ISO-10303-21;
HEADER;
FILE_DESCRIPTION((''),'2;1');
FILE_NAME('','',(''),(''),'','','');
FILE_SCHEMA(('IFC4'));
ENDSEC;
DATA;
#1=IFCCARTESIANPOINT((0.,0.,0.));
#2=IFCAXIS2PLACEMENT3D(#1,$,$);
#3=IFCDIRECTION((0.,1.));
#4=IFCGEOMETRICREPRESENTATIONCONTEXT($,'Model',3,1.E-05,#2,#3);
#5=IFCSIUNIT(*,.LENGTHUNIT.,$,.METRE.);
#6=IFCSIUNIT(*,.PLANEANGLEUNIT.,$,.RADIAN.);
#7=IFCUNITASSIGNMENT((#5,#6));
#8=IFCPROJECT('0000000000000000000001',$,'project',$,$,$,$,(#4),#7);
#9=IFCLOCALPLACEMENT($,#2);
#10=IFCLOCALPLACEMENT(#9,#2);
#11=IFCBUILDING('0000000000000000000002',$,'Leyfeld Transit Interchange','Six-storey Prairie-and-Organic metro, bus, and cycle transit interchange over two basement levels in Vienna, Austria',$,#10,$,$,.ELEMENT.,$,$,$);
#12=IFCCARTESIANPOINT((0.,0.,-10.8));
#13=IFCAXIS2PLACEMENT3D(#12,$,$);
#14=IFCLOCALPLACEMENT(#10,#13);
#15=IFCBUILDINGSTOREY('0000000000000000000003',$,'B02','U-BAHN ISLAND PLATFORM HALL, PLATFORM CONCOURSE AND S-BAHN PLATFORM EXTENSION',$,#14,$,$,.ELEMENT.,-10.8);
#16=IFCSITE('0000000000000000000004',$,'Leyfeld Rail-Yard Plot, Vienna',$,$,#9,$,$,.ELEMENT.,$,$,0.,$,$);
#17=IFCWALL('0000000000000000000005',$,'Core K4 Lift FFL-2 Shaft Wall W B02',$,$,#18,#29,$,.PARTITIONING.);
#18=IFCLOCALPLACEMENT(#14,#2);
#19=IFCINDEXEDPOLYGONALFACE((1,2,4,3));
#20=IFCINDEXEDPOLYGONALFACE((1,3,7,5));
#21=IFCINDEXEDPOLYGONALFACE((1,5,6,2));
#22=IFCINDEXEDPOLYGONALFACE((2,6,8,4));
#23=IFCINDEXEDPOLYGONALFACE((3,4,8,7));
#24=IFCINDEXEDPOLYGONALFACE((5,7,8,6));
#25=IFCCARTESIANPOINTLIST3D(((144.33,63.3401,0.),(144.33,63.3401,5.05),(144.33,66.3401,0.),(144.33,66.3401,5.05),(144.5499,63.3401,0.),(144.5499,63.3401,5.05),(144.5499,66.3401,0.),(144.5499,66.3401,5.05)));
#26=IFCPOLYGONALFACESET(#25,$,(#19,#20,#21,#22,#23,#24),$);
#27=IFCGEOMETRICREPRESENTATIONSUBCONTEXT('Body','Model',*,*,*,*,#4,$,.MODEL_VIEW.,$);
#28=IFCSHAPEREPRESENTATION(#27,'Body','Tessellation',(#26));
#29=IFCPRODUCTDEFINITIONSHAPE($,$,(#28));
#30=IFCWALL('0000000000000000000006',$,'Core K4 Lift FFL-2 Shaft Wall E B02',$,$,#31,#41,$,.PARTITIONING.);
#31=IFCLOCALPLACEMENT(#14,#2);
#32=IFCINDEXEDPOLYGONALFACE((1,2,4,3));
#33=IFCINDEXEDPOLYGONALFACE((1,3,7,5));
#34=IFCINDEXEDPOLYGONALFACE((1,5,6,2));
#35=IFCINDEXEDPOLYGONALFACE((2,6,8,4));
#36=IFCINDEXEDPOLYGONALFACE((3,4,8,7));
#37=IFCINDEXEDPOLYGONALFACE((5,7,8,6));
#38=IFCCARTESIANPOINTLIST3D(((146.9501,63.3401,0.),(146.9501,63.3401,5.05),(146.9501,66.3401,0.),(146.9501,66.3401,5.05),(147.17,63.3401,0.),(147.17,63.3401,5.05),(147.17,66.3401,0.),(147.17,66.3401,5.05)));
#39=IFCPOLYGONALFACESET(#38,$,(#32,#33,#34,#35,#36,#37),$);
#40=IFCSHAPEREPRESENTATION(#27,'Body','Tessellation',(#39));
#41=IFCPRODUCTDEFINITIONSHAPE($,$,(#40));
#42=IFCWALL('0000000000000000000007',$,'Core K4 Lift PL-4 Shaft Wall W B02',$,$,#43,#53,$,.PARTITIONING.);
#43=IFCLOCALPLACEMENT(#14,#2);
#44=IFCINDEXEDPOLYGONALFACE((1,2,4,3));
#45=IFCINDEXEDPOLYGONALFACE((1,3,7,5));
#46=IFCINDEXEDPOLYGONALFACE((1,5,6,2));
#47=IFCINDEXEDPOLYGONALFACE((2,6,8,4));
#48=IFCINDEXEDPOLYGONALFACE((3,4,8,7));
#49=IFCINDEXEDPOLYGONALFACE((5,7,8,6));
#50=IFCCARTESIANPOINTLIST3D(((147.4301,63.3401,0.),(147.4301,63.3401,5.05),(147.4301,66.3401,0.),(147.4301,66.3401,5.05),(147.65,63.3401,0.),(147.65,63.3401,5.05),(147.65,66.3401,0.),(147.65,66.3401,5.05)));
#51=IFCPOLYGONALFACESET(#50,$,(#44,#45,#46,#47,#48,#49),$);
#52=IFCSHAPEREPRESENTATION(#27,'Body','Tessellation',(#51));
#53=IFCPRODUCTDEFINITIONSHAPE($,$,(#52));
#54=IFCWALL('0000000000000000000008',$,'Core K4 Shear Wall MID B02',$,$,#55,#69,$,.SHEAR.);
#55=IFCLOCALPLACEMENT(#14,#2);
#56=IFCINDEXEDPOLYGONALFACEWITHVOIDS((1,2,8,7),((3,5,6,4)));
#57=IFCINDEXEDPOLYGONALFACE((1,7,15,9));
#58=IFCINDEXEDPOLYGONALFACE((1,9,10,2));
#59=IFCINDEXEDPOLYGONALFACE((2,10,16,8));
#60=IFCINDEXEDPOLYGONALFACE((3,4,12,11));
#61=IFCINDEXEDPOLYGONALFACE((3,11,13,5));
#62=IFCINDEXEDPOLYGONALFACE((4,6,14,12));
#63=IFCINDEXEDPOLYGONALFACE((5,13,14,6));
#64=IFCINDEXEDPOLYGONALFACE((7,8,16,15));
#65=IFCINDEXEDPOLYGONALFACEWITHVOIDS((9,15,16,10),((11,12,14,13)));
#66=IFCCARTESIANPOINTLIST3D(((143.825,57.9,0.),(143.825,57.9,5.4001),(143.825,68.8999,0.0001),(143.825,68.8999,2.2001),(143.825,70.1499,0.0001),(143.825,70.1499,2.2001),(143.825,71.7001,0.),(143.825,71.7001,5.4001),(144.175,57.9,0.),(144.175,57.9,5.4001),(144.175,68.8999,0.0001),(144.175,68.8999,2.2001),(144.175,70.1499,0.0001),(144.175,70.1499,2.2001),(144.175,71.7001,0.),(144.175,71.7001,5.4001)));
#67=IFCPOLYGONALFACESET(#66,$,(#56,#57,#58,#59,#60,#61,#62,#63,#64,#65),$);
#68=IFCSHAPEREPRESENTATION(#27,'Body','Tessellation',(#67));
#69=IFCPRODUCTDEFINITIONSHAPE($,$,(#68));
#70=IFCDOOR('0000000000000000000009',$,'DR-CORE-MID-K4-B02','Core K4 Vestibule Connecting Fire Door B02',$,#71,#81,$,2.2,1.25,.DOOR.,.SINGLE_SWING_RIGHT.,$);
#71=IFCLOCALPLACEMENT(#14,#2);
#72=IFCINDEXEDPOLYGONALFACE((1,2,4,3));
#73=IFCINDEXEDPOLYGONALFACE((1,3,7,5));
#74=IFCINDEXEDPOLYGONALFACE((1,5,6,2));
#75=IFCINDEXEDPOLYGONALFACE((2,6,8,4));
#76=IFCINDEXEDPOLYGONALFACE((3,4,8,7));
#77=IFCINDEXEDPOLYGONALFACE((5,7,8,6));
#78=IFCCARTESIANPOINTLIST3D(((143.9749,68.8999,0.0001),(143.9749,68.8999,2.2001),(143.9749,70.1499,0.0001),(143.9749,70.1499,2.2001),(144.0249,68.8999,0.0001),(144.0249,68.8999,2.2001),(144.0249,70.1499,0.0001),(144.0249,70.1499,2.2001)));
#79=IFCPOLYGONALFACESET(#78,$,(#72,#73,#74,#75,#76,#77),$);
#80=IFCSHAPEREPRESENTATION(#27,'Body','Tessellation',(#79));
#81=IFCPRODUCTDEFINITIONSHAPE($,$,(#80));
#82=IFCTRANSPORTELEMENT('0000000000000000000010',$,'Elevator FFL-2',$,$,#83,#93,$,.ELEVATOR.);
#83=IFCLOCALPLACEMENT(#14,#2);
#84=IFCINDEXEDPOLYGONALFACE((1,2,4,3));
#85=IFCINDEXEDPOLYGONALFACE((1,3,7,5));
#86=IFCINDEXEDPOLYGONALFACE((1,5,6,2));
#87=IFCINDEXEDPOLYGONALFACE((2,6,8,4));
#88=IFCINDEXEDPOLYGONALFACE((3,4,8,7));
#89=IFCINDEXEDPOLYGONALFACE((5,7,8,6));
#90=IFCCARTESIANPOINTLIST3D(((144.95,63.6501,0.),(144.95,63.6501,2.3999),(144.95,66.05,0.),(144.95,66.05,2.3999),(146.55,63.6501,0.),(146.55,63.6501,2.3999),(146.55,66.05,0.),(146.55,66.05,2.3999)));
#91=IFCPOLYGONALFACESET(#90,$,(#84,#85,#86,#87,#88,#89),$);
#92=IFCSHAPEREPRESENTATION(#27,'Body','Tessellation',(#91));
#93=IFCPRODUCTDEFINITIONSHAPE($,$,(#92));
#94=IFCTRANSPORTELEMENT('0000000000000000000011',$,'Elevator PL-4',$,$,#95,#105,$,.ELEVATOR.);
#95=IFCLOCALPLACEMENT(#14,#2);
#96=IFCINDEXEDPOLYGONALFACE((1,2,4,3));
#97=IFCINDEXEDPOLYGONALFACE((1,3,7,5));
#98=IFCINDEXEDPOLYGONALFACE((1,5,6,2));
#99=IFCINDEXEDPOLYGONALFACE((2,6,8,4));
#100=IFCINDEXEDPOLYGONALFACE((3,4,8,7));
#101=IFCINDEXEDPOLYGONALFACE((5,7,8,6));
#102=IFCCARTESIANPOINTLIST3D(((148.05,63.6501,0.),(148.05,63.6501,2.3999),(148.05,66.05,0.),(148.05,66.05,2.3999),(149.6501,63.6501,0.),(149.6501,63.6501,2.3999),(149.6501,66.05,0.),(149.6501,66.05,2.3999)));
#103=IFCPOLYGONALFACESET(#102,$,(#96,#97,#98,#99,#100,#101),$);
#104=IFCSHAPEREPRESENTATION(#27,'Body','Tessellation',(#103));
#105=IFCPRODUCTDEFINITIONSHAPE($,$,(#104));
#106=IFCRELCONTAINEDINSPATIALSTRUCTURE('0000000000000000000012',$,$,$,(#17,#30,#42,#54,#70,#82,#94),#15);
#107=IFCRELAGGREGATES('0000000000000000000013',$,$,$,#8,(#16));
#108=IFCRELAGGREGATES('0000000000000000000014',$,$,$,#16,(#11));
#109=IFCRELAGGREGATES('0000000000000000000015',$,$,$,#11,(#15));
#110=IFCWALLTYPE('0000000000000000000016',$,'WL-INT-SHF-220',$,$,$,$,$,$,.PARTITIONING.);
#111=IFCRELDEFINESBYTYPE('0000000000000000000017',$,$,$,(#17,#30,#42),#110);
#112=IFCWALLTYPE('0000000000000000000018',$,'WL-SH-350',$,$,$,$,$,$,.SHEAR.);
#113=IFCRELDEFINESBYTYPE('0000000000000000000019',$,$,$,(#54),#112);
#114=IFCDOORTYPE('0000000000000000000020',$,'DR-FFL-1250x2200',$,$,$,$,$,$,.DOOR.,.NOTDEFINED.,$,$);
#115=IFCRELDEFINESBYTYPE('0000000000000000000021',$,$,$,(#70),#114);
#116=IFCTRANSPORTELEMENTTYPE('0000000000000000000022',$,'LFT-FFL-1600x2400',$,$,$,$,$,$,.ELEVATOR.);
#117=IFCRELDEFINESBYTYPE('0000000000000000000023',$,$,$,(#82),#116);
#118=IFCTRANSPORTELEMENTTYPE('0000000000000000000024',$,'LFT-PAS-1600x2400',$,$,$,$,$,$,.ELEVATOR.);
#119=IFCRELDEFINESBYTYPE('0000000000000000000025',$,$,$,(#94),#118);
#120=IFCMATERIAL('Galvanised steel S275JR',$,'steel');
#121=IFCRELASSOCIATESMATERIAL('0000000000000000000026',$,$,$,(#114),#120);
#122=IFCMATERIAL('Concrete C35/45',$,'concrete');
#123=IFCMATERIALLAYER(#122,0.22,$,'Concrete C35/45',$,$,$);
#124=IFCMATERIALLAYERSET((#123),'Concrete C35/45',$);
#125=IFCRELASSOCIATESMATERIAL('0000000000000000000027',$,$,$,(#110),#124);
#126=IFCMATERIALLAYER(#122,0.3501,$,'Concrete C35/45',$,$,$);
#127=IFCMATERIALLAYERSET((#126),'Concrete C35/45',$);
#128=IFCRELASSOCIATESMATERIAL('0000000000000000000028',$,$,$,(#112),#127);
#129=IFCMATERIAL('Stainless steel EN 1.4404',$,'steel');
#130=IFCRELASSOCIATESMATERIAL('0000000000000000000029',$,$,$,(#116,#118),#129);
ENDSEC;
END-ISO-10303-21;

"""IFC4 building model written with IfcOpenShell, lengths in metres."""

from ifc_helpers import new_model, si_unit, direction, frame, frame_2d, origin, origin_2d, place, context, subcontext, project, spatial, rectangle, extrude, material, layer, layer_set, type_object, element, fill, save


model = new_model("IFC4")

# Units and contexts
model_context = context("Model", 3, precision=1e-05, world=origin(), true_north=direction((0.0, 1.0)))
body_context = subcontext(model_context, "Body", "Model", "MODEL_VIEW")
ifc_project = project(units=[si_unit("LENGTHUNIT", "METRE"), si_unit("PLANEANGLEUNIT", "RADIAN")], contexts=[model_context])

# Site, building, storey
site_placement = place(None, origin())
site = spatial("IfcSite", under=ifc_project, at=site_placement, Name="Leyfeld Rail-Yard Plot, Vienna", CompositionType="ELEMENT", RefElevation=0.0)
building_placement = place(site_placement, origin())
building = spatial("IfcBuilding", under=site, at=building_placement, Name="Leyfeld Transit Interchange", Description="Six-storey Prairie-and-Organic metro, bus, and cycle transit interchange over two basement levels in Vienna, Austria", CompositionType="ELEMENT")
storey_placement = place(building_placement, frame((0.0, 0.0, -10.8)))
storey = spatial("IfcBuildingStorey", under=building, at=storey_placement, Name="B02", Description="U-BAHN ISLAND PLATFORM HALL, PLATFORM CONCOURSE AND S-BAHN PLATFORM EXTENSION", CompositionType="ELEMENT", Elevation=-10.8)

# Shared definitions
ifc_material_1 = material(Name="Concrete C35/45", Category="concrete")

# Shared definitions
ifc_material_2 = material(Name="Galvanised steel S275JR", Category="steel")
door_type_1 = type_object("IfcDoorType", Name="DR-FFL-1250x2200", OperationType="NOTDEFINED", PredefinedType="DOOR", material=ifc_material_2)

# Shared definitions
ifc_layer_1 = layer(ifc_material_1, 0.22, Name="Concrete C35/45")
ifc_layer_set_1 = layer_set([ifc_layer_1], Name="Concrete C35/45")
wall_type_1 = type_object("IfcWallType", Name="WL-INT-SHF-220", PredefinedType="PARTITIONING", material=ifc_layer_set_1)
ifc_material_3 = material(Name="Stainless steel EN 1.4404", Category="steel")

# Walls
for number, where, z_axis, x_axis, name in (
    (1, (144.4399, 63.3401, 0.0), (0.0, 0.0, 1.0), (0.0, 1.0, 0.0), "Core K4 Lift FFL-2 Shaft Wall W B02"),
    (2, (147.0601, 63.3401, 0.0), (0.0, 0.0, 1.0), (0.0, 1.0, 0.0), "Core K4 Lift FFL-2 Shaft Wall E B02"),
):
    element("IfcWall", number, at=place(storey_placement, frame(where, z_axis=z_axis, x_axis=x_axis)), inside=storey, type_object=wall_type_1, Name=name, PredefinedType="PARTITIONING", context=body_context, shape_type="SweptSolid", body=[
        extrude(rectangle(XDim=3.0, YDim=0.22, at=frame_2d((1.5, 0.0))), origin(), (0.0, 0.0, 1.0), 5.05),
    ])
wall_1_placement = place(storey_placement, frame((147.54, 63.3401, 0.0), z_axis=(0.0, 0.0, 1.0), x_axis=(0.0, 1.0, 0.0)))
element("IfcWall", 3, at=wall_1_placement, inside=storey, type_object=wall_type_1, Name="Core K4 Lift PL-4 Shaft Wall W B02", PredefinedType="PARTITIONING", context=body_context, shape_type="SweptSolid", body=[
    extrude(rectangle(XDim=3.0, YDim=0.22, at=frame_2d((1.5, 0.0))), origin(), (0.0, 0.0, 1.0), 5.05),
])

# Wall, opening, door
ifc_layer_2 = layer(ifc_material_1, 0.3501, Name="Concrete C35/45")
ifc_layer_set_2 = layer_set([ifc_layer_2], Name="Concrete C35/45")
wall_type_2 = type_object("IfcWallType", Name="WL-SH-350", PredefinedType="SHEAR", material=ifc_layer_set_2)
wall_2_placement = place(storey_placement, frame((144.0, 71.7, 0.0), z_axis=(0.0, 0.0, 1.0), x_axis=(0.0, -1.0, 0.0)))
wall_2 = element("IfcWall", 4, at=wall_2_placement, inside=storey, type_object=wall_type_2, Name="Core K4 Shear Wall MID B02", PredefinedType="SHEAR", context=body_context, shape_type="SweptSolid", body=[
    extrude(rectangle(XDim=13.8, YDim=0.3501, at=frame_2d((6.8999, 0.0))), origin(), (0.0, 0.0, 1.0), 5.4001),
])
opening_1_placement = place(wall_2_placement, frame((1.55, 0.0, 0.0)))
opening_1 = element("IfcOpeningElement", 5, at=opening_1_placement, cuts=wall_2, PredefinedType="OPENING", context=body_context, shape_type="SweptSolid", body=[
    extrude(rectangle(XDim=1.25, YDim=2.2, at=frame_2d((0.625, 1.1001))), frame((0.0, 0.1851, 0.0), z_axis=(0.0, -1.0, 0.0), x_axis=(1.0, 0.0, 0.0)), (0.0, 0.0, 1.0), 0.3701),
])
door_1_placement = place(opening_1_placement, origin())
door_1 = element("IfcDoor", 6, at=door_1_placement, inside=storey, type_object=door_type_1, Name="DR-CORE-MID-K4-B02", Description="Core K4 Vestibule Connecting Fire Door B02", OperationType="SINGLE_SWING_RIGHT", OverallHeight=2.2, OverallWidth=1.25, PredefinedType="DOOR", context=body_context, shape_type="SweptSolid", body=[
    extrude(rectangle(XDim=1.25, YDim=2.2, at=frame_2d((0.625, 1.1001))), frame((0.0, 0.0249, 0.0), z_axis=(0.0, -1.0, 0.0), x_axis=(1.0, 0.0, 0.0)), (0.0, 0.0, 1.0), 0.05),
])
fill(opening_1, door_1)

# Transport elements
transport_element_type_1 = type_object("IfcTransportElementType", Name="LFT-FFL-1600x2400", PredefinedType="ELEVATOR", material=ifc_material_3)
transport_element_1_placement = place(storey_placement, frame((145.75, 64.8501, 0.0), z_axis=(0.0, 0.0, 1.0), x_axis=(1.0, 0.0, 0.0)))
element("IfcTransportElement", 7, at=transport_element_1_placement, inside=storey, type_object=transport_element_type_1, Name="Elevator FFL-2", PredefinedType="ELEVATOR", context=body_context, shape_type="SweptSolid", body=[
    extrude(rectangle(XDim=1.6001, YDim=2.3999, at=origin_2d()), origin(), (0.0, 0.0, 1.0), 2.3999),
])
transport_element_type_2 = type_object("IfcTransportElementType", Name="LFT-PAS-1600x2400", PredefinedType="ELEVATOR", material=ifc_material_3)
transport_element_2_placement = place(storey_placement, frame((148.8501, 64.8501, 0.0), z_axis=(0.0, 0.0, 1.0), x_axis=(1.0, 0.0, 0.0)))
element("IfcTransportElement", 8, at=transport_element_2_placement, inside=storey, type_object=transport_element_type_2, Name="Elevator PL-4", PredefinedType="ELEVATOR", context=body_context, shape_type="SweptSolid", body=[
    extrude(rectangle(XDim=1.6001, YDim=2.3999, at=origin_2d()), origin(), (0.0, 0.0, 1.0), 2.3999),
])

save(model, "model.ifc")
